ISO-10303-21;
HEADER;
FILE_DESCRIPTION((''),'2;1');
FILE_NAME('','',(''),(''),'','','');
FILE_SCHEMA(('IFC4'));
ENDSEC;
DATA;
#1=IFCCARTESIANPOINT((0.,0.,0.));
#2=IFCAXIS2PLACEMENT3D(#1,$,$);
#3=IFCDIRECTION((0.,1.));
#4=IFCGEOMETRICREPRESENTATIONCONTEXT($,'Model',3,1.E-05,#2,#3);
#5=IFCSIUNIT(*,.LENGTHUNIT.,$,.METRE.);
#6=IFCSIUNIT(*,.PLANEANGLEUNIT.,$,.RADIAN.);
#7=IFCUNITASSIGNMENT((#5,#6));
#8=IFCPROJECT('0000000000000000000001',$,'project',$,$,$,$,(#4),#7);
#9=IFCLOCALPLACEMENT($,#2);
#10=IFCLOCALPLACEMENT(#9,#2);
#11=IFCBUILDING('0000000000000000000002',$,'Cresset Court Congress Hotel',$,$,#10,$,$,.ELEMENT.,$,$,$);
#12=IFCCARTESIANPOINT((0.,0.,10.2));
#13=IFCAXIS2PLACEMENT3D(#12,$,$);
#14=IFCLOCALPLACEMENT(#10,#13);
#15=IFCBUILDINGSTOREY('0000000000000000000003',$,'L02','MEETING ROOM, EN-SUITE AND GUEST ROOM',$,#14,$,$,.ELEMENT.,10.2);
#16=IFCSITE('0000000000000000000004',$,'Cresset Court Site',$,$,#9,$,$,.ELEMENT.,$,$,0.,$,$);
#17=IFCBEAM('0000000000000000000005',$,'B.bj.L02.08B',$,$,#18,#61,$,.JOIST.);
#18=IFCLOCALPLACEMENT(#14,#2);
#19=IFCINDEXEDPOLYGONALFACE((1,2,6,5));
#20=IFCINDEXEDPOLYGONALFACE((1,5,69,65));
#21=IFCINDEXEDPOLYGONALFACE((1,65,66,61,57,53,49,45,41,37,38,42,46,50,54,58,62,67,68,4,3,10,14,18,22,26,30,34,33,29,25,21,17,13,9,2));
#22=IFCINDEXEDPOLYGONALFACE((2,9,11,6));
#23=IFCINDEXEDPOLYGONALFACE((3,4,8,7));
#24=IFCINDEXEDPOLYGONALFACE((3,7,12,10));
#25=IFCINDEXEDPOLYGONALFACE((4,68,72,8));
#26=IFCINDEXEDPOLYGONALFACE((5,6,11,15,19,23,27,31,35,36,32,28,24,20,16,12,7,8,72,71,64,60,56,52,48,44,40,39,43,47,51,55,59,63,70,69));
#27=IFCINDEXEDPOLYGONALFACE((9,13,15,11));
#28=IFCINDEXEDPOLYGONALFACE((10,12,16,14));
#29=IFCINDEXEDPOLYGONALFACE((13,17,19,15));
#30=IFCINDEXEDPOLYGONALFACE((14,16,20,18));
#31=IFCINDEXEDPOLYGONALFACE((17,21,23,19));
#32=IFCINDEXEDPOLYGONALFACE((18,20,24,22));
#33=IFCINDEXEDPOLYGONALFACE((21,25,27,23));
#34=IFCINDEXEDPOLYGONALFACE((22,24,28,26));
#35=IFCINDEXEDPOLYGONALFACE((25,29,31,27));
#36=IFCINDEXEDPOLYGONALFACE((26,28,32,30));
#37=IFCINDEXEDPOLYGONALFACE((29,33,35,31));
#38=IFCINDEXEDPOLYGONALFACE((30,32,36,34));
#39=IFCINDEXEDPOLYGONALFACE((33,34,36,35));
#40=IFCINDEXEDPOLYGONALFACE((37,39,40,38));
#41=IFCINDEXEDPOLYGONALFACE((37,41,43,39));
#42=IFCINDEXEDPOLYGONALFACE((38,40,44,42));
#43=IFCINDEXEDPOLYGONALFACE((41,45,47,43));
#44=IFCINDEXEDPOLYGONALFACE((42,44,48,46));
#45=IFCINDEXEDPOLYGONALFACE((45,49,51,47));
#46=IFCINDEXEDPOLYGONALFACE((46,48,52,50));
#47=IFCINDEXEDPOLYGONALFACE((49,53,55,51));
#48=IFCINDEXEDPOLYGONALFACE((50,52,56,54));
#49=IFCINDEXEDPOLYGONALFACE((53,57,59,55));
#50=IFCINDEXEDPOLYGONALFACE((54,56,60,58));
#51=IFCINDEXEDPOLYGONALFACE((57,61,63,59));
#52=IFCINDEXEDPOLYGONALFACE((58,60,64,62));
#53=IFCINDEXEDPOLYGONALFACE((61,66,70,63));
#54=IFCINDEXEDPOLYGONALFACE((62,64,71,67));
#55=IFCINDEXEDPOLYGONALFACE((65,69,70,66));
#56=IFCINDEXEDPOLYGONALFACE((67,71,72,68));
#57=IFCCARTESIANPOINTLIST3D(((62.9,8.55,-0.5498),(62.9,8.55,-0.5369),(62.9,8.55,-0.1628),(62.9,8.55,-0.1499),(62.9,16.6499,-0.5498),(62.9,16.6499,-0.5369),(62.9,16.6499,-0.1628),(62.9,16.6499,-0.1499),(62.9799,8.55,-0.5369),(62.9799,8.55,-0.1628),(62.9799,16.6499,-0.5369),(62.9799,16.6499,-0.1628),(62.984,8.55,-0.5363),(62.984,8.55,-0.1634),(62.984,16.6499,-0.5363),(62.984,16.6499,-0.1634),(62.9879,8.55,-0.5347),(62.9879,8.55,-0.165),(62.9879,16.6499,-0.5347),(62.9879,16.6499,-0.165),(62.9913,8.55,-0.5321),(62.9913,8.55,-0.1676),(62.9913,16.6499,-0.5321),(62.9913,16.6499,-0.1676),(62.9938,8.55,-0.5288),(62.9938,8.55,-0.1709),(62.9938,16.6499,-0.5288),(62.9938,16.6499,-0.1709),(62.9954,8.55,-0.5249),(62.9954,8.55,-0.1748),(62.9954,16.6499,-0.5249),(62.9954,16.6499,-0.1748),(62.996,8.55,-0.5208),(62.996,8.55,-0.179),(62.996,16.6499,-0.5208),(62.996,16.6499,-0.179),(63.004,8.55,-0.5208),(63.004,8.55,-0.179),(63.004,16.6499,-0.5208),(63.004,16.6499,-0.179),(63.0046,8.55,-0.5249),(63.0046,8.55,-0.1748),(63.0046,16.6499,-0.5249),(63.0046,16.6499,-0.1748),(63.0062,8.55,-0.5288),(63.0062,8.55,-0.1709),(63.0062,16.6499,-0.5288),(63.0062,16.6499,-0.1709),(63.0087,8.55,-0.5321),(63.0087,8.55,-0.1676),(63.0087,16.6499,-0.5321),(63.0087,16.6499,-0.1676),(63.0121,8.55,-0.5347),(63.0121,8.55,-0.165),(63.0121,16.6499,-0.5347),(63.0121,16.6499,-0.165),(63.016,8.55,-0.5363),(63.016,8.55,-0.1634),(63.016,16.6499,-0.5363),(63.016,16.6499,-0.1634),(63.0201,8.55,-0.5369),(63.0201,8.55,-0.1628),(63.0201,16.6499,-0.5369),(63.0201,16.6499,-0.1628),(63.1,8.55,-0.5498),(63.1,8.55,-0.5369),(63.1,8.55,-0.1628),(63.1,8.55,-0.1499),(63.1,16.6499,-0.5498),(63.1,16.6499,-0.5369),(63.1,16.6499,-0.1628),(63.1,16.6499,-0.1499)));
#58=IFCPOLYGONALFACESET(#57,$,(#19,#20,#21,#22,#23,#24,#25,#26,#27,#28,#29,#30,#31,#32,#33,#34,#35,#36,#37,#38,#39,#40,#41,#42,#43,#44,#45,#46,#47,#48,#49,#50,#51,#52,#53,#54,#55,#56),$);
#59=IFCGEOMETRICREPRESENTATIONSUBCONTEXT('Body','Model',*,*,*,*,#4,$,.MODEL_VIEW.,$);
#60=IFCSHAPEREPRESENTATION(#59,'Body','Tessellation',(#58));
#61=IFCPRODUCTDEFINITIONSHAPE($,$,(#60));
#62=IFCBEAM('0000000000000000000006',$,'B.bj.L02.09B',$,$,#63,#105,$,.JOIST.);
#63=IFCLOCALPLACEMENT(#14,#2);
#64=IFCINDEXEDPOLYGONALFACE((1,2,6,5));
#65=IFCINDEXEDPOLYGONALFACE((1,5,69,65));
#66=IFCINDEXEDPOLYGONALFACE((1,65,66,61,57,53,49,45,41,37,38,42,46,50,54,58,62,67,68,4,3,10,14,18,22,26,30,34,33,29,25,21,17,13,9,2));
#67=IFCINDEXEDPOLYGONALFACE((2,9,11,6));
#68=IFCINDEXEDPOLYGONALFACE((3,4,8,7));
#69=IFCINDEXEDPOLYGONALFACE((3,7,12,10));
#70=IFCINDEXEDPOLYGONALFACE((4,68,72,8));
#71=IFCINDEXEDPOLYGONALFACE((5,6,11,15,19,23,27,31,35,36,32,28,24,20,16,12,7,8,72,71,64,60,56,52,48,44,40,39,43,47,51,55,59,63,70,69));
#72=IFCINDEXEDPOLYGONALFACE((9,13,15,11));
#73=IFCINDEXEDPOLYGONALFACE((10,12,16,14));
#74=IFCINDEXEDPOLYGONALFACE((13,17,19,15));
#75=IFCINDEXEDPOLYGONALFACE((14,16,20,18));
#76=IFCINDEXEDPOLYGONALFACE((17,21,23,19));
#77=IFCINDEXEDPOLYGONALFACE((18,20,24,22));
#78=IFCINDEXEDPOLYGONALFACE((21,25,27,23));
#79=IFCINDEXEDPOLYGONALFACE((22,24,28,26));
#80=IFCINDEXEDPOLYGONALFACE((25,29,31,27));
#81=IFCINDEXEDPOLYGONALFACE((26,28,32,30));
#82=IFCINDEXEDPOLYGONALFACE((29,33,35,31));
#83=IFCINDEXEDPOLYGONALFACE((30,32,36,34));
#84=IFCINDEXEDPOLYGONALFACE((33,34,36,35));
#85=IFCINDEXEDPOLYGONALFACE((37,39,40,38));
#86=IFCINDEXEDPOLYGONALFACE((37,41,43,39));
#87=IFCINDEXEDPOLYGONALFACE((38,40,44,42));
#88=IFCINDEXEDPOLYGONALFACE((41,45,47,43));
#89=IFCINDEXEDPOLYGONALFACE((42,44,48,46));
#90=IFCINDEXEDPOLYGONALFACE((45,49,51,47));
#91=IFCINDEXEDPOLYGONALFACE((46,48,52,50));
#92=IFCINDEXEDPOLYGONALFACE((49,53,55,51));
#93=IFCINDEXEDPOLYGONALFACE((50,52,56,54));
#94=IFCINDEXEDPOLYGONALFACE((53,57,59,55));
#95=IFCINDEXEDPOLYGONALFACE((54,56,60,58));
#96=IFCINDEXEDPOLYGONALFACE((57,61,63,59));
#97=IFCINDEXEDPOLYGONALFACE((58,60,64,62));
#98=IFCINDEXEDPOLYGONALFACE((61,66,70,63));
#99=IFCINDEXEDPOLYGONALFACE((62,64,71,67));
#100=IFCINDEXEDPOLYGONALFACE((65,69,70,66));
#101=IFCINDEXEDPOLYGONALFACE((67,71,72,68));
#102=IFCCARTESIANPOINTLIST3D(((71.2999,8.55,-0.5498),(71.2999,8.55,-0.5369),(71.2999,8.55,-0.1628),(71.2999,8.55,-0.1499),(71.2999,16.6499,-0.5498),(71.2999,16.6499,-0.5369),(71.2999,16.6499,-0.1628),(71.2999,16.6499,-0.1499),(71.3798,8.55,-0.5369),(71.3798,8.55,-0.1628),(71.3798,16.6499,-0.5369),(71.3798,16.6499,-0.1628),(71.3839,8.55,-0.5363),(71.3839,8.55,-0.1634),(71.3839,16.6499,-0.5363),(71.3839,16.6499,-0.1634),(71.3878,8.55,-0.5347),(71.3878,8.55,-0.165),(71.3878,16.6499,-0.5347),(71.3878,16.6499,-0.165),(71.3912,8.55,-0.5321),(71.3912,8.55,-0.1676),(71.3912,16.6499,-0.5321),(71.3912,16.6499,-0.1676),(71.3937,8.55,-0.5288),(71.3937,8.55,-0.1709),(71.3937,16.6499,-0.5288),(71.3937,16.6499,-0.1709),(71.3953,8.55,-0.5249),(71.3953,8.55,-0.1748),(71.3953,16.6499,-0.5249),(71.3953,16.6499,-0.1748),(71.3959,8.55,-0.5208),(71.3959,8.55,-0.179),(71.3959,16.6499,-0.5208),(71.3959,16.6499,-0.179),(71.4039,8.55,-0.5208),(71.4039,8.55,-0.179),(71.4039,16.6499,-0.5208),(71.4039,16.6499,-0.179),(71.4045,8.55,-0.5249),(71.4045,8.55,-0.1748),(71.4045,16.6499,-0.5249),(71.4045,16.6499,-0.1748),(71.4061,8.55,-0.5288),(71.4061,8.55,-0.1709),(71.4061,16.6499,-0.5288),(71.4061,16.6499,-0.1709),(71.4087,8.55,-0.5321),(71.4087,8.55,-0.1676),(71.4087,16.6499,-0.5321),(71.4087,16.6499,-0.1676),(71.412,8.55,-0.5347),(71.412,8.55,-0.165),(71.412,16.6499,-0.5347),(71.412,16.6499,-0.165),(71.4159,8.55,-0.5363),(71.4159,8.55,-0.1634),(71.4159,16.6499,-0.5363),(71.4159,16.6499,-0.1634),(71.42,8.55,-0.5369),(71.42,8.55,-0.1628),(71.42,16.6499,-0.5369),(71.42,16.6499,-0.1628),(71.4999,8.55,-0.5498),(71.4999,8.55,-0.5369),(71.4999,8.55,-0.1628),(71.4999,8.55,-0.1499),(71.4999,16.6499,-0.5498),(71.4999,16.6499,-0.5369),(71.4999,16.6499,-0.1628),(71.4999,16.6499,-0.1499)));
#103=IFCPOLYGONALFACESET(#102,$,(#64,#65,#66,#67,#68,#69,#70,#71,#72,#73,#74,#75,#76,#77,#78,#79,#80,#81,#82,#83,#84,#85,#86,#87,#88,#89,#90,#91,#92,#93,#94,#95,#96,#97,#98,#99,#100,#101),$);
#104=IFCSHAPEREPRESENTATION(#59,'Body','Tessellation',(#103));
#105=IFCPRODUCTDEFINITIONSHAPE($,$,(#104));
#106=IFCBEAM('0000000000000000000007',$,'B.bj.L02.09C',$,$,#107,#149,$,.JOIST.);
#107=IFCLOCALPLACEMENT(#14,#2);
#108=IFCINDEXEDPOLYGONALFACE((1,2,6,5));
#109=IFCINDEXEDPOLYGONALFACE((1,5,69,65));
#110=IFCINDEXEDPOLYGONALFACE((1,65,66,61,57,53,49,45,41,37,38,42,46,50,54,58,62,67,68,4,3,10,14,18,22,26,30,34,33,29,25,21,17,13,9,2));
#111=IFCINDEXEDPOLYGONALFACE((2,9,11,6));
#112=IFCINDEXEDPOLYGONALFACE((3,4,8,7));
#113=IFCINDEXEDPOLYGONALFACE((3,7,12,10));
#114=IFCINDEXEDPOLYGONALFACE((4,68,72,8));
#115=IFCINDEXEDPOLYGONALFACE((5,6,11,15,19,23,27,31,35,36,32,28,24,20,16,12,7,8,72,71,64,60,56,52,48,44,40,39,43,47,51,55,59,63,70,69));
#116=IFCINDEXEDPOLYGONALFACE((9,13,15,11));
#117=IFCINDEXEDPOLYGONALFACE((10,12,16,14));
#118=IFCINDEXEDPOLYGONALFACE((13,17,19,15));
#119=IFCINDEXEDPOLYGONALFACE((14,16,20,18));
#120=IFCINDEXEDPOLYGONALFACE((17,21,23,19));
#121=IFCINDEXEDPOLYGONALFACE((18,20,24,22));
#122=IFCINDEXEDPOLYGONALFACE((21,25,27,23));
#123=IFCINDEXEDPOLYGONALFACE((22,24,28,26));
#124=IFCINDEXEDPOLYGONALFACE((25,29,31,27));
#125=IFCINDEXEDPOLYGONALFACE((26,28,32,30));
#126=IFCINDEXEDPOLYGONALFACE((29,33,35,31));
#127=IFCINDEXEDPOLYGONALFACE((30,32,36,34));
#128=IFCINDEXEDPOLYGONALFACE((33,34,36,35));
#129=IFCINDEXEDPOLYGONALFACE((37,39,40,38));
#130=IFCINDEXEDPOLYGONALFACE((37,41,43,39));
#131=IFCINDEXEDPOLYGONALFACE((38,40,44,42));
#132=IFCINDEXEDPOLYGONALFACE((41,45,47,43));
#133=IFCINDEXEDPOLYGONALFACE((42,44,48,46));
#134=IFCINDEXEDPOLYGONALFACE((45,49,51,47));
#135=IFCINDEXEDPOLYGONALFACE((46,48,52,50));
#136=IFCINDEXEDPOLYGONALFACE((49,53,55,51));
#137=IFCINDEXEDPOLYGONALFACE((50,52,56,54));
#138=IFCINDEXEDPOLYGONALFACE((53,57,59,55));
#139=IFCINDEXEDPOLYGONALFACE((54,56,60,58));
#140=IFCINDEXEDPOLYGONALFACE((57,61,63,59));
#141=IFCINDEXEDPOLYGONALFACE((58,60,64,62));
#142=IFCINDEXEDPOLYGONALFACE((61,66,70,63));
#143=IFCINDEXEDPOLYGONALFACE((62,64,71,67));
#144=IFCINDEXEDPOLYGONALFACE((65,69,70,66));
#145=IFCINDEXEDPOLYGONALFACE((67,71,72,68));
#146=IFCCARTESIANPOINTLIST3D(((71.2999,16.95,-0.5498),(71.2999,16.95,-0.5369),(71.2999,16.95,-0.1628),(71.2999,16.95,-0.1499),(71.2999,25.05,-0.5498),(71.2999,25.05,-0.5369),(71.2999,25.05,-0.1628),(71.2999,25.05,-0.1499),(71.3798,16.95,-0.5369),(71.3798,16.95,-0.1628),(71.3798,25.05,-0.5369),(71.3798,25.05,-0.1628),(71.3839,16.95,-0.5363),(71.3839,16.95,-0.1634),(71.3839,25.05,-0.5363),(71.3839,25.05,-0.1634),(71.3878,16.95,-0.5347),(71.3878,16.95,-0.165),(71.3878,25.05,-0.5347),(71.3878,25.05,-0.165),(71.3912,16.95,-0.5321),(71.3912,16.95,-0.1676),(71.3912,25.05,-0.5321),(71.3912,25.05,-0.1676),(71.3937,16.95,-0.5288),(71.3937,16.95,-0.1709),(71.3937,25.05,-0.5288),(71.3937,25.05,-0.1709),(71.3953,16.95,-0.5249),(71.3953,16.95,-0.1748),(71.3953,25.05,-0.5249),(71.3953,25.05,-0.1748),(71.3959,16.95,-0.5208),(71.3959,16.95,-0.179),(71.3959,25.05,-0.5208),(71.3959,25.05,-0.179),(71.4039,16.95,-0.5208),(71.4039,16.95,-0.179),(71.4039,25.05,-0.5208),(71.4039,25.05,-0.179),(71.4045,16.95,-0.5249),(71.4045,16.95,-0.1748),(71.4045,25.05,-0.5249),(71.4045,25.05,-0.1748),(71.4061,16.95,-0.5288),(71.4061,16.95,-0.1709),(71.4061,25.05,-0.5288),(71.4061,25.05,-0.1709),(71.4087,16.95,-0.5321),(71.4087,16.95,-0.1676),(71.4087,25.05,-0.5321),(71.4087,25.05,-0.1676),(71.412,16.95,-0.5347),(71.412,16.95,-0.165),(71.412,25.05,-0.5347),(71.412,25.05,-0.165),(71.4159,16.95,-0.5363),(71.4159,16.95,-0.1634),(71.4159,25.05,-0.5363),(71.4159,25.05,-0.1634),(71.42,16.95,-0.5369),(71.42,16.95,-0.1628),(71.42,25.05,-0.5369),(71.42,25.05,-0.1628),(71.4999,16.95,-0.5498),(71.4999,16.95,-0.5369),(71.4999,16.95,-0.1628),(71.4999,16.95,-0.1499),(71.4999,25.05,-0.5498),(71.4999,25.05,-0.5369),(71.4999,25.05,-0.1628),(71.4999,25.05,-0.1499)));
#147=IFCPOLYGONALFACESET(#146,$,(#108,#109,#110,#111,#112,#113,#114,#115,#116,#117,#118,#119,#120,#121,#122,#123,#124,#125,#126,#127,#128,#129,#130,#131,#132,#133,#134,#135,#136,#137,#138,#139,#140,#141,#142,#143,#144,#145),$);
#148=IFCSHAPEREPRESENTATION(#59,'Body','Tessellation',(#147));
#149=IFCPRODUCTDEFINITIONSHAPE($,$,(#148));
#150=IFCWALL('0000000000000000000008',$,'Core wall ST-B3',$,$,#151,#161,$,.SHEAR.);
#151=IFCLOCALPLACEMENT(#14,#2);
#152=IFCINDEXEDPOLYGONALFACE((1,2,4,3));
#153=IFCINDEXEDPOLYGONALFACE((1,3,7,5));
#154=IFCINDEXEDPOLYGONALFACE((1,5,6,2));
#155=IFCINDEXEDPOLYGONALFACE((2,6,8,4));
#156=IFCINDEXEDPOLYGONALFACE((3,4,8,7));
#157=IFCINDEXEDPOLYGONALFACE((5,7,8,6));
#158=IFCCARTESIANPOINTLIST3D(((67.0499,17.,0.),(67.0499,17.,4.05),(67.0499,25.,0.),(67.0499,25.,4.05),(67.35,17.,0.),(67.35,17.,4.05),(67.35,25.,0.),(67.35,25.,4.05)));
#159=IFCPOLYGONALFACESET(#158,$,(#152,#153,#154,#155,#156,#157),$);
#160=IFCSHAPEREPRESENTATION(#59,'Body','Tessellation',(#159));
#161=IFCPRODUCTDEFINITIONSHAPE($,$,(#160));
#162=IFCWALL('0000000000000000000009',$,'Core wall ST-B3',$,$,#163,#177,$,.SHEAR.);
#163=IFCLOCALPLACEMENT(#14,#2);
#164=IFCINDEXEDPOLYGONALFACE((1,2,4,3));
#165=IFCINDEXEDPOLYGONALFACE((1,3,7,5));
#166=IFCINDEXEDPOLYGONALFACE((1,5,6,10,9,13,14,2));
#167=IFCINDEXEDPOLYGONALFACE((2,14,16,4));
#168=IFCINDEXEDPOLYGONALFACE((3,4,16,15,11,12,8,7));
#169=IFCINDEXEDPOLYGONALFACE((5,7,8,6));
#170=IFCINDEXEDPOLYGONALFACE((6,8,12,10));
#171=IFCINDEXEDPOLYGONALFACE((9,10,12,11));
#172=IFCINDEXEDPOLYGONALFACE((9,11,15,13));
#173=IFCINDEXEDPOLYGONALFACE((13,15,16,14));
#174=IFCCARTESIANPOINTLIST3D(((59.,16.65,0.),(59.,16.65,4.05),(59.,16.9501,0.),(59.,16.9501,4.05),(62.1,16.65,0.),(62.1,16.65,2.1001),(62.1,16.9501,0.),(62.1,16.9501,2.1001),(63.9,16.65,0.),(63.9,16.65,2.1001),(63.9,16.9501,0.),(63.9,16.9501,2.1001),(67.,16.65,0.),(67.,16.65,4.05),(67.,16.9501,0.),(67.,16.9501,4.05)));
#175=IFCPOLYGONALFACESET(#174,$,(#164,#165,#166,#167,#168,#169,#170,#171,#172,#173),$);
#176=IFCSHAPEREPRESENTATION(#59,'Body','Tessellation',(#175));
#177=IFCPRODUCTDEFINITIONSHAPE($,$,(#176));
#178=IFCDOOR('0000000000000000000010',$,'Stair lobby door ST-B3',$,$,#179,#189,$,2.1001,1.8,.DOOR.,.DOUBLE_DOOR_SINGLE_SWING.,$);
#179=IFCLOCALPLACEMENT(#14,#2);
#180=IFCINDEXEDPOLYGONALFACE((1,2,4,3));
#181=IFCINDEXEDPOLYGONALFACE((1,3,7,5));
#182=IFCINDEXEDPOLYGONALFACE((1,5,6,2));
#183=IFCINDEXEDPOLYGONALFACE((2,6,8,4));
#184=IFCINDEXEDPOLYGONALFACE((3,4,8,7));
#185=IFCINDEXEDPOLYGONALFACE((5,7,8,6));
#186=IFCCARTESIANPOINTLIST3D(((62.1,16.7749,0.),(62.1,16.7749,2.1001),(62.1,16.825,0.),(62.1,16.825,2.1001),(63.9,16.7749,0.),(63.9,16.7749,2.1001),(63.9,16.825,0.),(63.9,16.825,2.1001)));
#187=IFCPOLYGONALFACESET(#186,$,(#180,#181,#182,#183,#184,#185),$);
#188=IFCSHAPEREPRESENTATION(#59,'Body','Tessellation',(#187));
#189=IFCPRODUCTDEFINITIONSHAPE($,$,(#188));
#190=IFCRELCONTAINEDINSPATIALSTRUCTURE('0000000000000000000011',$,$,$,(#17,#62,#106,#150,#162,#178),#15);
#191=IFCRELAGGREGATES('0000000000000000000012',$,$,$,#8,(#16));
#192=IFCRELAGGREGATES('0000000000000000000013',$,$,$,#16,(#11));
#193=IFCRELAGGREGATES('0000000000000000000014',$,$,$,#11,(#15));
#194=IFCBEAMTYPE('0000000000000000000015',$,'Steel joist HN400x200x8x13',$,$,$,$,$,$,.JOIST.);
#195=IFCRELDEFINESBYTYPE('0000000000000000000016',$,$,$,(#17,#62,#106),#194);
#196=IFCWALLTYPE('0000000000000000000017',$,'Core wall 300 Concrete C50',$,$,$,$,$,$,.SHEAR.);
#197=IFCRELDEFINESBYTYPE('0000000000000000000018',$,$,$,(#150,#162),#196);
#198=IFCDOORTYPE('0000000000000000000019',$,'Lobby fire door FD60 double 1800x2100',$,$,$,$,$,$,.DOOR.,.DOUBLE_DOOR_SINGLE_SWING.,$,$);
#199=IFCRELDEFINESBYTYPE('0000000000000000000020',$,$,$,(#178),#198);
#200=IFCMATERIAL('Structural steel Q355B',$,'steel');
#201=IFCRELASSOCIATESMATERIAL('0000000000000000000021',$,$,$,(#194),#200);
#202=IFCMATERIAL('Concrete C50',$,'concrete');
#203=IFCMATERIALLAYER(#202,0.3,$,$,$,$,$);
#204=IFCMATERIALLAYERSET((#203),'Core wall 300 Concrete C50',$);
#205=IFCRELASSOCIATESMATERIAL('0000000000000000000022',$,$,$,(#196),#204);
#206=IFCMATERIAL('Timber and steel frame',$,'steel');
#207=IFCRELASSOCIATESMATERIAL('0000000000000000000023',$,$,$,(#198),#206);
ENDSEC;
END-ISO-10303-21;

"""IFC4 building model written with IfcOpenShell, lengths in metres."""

from ifc_helpers import new_model, si_unit, direction, frame, frame_2d, origin, origin_2d, place, context, subcontext, project, spatial, rectangle, i_section, extrude, material, layer, layer_set, material_profile, profile_set, type_object, element, fill, save


model = new_model("IFC4")

# Units and contexts
model_context = context("Model", 3, precision=1e-05, world=origin(), true_north=direction((0.0, 1.0)))
body_context = subcontext(model_context, "Body", "Model", "MODEL_VIEW")
ifc_project = project(units=[si_unit("LENGTHUNIT", "METRE"), si_unit("PLANEANGLEUNIT", "RADIAN")], contexts=[model_context])

# Site, building, storey
site_placement = place(None, origin())
site = spatial("IfcSite", under=ifc_project, at=site_placement, Name="Cresset Court Site", CompositionType="ELEMENT", RefElevation=0.0)
building_placement = place(site_placement, origin())
building = spatial("IfcBuilding", under=site, at=building_placement, Name="Cresset Court Congress Hotel", CompositionType="ELEMENT")
storey_placement = place(building_placement, frame((0.0, 0.0, 10.2)))
storey = spatial("IfcBuildingStorey", under=building, at=storey_placement, Name="L02", Description="MEETING ROOM, EN-SUITE AND GUEST ROOM", CompositionType="ELEMENT", Elevation=10.2)

# Beams
ifc_material_1 = material(Name="Structural steel Q355B", Category="steel")
ifc_material_profile_1 = material_profile(ifc_material_1, i_section(OverallWidth=0.2, OverallDepth=0.3999, WebThickness=0.0081, FlangeThickness=0.0129, FilletRadius=0.0161, at=origin_2d()), Name="HN400x200x8x13")
ifc_profile_set_1 = profile_set([ifc_material_profile_1], Name="Structural steel Q355B")
beam_type_1 = type_object("IfcBeamType", Name="Steel joist HN400x200x8x13", PredefinedType="JOIST", material=ifc_profile_set_1)
for number, where, z_axis, x_axis, name in (
    (1, (63.0, 8.55, -0.3499), (0.0, 1.0, 0.0), (-1.0, 0.0, 0.0), "B.bj.L02.08B"),
    (2, (71.3999, 8.55, -0.3499), (0.0, 1.0, 0.0), (-1.0, 0.0, 0.0), "B.bj.L02.09B"),
):
    element("IfcBeam", number, at=place(storey_placement, frame(where, z_axis=z_axis, x_axis=x_axis)), inside=storey, type_object=beam_type_1, Name=name, PredefinedType="JOIST", context=body_context, shape_type="SweptSolid", body=[
        extrude(i_section(OverallWidth=0.2, OverallDepth=0.3999, WebThickness=0.0081, FlangeThickness=0.0129, FilletRadius=0.0161, at=origin_2d()), origin(), (0.0, 0.0, 1.0), 8.0999),
    ])
beam_1_placement = place(storey_placement, frame((71.3999, 16.95, -0.3499), z_axis=(0.0, 1.0, 0.0), x_axis=(-1.0, 0.0, 0.0)))
element("IfcBeam", 3, at=beam_1_placement, inside=storey, type_object=beam_type_1, Name="B.bj.L02.09C", PredefinedType="JOIST", context=body_context, shape_type="SweptSolid", body=[
    extrude(i_section(OverallWidth=0.2, OverallDepth=0.3999, WebThickness=0.0081, FlangeThickness=0.0129, FilletRadius=0.0161, at=origin_2d()), origin(), (0.0, 0.0, 1.0), 8.1001),
])

# Wall
ifc_material_2 = material(Name="Concrete C50", Category="concrete")
ifc_layer_1 = layer(ifc_material_2, 0.3)
ifc_layer_set_1 = layer_set([ifc_layer_1], Name="Core wall 300 Concrete C50")
wall_type_1 = type_object("IfcWallType", Name="Core wall 300 Concrete C50", PredefinedType="SHEAR", material=ifc_layer_set_1)
wall_1_placement = place(storey_placement, frame((67.2, 17.0, 0.0), z_axis=(0.0, 0.0, 1.0), x_axis=(0.0, 1.0, 0.0)))
element("IfcWall", 4, at=wall_1_placement, inside=storey, type_object=wall_type_1, Name="Core wall ST-B3", PredefinedType="SHEAR", context=body_context, shape_type="SweptSolid", body=[
    extrude(rectangle(XDim=8.0, YDim=0.3, at=frame_2d((4.0, 0.0))), origin(), (0.0, 0.0, 1.0), 4.05),
])

# Wall, opening, door
wall_2_placement = place(storey_placement, frame((59.0, 16.8, 0.0), z_axis=(0.0, 0.0, 1.0), x_axis=(1.0, 0.0, 0.0)))
wall_2 = element("IfcWall", 5, at=wall_2_placement, inside=storey, type_object=wall_type_1, Name="Core wall ST-B3", PredefinedType="SHEAR", context=body_context, shape_type="SweptSolid", body=[
    extrude(rectangle(XDim=8.0, YDim=0.3, at=frame_2d((4.0, 0.0))), origin(), (0.0, 0.0, 1.0), 4.05),
])
opening_1_placement = place(wall_2_placement, frame((3.1001, 0.0, 0.0)))
opening_1 = element("IfcOpeningElement", 6, at=opening_1_placement, cuts=wall_2, PredefinedType="OPENING", context=body_context, shape_type="SweptSolid", body=[
    extrude(rectangle(XDim=1.8, YDim=2.1001, at=frame_2d((0.8999, 1.05))), frame((0.0, 0.1599, 0.0), z_axis=(0.0, -1.0, 0.0), x_axis=(1.0, 0.0, 0.0)), (0.0, 0.0, 1.0), 0.3201),
])
ifc_material_3 = material(Name="Timber and steel frame", Category="steel")
door_type_1 = type_object("IfcDoorType", Name="Lobby fire door FD60 double 1800x2100", OperationType="DOUBLE_DOOR_SINGLE_SWING", PredefinedType="DOOR", material=ifc_material_3)
door_1_placement = place(opening_1_placement, origin())
door_1 = element("IfcDoor", 7, at=door_1_placement, inside=storey, type_object=door_type_1, Name="Stair lobby door ST-B3", OperationType="DOUBLE_DOOR_SINGLE_SWING", OverallHeight=2.1001, OverallWidth=1.8, PredefinedType="DOOR", context=body_context, shape_type="SweptSolid", body=[
    extrude(rectangle(XDim=1.8, YDim=2.1001, at=frame_2d((0.8999, 1.05))), frame((0.0, 0.0249, 0.0), z_axis=(0.0, -1.0, 0.0), x_axis=(1.0, 0.0, 0.0)), (0.0, 0.0, 1.0), 0.05),
])
fill(opening_1, door_1)

save(model, "model.ifc")
